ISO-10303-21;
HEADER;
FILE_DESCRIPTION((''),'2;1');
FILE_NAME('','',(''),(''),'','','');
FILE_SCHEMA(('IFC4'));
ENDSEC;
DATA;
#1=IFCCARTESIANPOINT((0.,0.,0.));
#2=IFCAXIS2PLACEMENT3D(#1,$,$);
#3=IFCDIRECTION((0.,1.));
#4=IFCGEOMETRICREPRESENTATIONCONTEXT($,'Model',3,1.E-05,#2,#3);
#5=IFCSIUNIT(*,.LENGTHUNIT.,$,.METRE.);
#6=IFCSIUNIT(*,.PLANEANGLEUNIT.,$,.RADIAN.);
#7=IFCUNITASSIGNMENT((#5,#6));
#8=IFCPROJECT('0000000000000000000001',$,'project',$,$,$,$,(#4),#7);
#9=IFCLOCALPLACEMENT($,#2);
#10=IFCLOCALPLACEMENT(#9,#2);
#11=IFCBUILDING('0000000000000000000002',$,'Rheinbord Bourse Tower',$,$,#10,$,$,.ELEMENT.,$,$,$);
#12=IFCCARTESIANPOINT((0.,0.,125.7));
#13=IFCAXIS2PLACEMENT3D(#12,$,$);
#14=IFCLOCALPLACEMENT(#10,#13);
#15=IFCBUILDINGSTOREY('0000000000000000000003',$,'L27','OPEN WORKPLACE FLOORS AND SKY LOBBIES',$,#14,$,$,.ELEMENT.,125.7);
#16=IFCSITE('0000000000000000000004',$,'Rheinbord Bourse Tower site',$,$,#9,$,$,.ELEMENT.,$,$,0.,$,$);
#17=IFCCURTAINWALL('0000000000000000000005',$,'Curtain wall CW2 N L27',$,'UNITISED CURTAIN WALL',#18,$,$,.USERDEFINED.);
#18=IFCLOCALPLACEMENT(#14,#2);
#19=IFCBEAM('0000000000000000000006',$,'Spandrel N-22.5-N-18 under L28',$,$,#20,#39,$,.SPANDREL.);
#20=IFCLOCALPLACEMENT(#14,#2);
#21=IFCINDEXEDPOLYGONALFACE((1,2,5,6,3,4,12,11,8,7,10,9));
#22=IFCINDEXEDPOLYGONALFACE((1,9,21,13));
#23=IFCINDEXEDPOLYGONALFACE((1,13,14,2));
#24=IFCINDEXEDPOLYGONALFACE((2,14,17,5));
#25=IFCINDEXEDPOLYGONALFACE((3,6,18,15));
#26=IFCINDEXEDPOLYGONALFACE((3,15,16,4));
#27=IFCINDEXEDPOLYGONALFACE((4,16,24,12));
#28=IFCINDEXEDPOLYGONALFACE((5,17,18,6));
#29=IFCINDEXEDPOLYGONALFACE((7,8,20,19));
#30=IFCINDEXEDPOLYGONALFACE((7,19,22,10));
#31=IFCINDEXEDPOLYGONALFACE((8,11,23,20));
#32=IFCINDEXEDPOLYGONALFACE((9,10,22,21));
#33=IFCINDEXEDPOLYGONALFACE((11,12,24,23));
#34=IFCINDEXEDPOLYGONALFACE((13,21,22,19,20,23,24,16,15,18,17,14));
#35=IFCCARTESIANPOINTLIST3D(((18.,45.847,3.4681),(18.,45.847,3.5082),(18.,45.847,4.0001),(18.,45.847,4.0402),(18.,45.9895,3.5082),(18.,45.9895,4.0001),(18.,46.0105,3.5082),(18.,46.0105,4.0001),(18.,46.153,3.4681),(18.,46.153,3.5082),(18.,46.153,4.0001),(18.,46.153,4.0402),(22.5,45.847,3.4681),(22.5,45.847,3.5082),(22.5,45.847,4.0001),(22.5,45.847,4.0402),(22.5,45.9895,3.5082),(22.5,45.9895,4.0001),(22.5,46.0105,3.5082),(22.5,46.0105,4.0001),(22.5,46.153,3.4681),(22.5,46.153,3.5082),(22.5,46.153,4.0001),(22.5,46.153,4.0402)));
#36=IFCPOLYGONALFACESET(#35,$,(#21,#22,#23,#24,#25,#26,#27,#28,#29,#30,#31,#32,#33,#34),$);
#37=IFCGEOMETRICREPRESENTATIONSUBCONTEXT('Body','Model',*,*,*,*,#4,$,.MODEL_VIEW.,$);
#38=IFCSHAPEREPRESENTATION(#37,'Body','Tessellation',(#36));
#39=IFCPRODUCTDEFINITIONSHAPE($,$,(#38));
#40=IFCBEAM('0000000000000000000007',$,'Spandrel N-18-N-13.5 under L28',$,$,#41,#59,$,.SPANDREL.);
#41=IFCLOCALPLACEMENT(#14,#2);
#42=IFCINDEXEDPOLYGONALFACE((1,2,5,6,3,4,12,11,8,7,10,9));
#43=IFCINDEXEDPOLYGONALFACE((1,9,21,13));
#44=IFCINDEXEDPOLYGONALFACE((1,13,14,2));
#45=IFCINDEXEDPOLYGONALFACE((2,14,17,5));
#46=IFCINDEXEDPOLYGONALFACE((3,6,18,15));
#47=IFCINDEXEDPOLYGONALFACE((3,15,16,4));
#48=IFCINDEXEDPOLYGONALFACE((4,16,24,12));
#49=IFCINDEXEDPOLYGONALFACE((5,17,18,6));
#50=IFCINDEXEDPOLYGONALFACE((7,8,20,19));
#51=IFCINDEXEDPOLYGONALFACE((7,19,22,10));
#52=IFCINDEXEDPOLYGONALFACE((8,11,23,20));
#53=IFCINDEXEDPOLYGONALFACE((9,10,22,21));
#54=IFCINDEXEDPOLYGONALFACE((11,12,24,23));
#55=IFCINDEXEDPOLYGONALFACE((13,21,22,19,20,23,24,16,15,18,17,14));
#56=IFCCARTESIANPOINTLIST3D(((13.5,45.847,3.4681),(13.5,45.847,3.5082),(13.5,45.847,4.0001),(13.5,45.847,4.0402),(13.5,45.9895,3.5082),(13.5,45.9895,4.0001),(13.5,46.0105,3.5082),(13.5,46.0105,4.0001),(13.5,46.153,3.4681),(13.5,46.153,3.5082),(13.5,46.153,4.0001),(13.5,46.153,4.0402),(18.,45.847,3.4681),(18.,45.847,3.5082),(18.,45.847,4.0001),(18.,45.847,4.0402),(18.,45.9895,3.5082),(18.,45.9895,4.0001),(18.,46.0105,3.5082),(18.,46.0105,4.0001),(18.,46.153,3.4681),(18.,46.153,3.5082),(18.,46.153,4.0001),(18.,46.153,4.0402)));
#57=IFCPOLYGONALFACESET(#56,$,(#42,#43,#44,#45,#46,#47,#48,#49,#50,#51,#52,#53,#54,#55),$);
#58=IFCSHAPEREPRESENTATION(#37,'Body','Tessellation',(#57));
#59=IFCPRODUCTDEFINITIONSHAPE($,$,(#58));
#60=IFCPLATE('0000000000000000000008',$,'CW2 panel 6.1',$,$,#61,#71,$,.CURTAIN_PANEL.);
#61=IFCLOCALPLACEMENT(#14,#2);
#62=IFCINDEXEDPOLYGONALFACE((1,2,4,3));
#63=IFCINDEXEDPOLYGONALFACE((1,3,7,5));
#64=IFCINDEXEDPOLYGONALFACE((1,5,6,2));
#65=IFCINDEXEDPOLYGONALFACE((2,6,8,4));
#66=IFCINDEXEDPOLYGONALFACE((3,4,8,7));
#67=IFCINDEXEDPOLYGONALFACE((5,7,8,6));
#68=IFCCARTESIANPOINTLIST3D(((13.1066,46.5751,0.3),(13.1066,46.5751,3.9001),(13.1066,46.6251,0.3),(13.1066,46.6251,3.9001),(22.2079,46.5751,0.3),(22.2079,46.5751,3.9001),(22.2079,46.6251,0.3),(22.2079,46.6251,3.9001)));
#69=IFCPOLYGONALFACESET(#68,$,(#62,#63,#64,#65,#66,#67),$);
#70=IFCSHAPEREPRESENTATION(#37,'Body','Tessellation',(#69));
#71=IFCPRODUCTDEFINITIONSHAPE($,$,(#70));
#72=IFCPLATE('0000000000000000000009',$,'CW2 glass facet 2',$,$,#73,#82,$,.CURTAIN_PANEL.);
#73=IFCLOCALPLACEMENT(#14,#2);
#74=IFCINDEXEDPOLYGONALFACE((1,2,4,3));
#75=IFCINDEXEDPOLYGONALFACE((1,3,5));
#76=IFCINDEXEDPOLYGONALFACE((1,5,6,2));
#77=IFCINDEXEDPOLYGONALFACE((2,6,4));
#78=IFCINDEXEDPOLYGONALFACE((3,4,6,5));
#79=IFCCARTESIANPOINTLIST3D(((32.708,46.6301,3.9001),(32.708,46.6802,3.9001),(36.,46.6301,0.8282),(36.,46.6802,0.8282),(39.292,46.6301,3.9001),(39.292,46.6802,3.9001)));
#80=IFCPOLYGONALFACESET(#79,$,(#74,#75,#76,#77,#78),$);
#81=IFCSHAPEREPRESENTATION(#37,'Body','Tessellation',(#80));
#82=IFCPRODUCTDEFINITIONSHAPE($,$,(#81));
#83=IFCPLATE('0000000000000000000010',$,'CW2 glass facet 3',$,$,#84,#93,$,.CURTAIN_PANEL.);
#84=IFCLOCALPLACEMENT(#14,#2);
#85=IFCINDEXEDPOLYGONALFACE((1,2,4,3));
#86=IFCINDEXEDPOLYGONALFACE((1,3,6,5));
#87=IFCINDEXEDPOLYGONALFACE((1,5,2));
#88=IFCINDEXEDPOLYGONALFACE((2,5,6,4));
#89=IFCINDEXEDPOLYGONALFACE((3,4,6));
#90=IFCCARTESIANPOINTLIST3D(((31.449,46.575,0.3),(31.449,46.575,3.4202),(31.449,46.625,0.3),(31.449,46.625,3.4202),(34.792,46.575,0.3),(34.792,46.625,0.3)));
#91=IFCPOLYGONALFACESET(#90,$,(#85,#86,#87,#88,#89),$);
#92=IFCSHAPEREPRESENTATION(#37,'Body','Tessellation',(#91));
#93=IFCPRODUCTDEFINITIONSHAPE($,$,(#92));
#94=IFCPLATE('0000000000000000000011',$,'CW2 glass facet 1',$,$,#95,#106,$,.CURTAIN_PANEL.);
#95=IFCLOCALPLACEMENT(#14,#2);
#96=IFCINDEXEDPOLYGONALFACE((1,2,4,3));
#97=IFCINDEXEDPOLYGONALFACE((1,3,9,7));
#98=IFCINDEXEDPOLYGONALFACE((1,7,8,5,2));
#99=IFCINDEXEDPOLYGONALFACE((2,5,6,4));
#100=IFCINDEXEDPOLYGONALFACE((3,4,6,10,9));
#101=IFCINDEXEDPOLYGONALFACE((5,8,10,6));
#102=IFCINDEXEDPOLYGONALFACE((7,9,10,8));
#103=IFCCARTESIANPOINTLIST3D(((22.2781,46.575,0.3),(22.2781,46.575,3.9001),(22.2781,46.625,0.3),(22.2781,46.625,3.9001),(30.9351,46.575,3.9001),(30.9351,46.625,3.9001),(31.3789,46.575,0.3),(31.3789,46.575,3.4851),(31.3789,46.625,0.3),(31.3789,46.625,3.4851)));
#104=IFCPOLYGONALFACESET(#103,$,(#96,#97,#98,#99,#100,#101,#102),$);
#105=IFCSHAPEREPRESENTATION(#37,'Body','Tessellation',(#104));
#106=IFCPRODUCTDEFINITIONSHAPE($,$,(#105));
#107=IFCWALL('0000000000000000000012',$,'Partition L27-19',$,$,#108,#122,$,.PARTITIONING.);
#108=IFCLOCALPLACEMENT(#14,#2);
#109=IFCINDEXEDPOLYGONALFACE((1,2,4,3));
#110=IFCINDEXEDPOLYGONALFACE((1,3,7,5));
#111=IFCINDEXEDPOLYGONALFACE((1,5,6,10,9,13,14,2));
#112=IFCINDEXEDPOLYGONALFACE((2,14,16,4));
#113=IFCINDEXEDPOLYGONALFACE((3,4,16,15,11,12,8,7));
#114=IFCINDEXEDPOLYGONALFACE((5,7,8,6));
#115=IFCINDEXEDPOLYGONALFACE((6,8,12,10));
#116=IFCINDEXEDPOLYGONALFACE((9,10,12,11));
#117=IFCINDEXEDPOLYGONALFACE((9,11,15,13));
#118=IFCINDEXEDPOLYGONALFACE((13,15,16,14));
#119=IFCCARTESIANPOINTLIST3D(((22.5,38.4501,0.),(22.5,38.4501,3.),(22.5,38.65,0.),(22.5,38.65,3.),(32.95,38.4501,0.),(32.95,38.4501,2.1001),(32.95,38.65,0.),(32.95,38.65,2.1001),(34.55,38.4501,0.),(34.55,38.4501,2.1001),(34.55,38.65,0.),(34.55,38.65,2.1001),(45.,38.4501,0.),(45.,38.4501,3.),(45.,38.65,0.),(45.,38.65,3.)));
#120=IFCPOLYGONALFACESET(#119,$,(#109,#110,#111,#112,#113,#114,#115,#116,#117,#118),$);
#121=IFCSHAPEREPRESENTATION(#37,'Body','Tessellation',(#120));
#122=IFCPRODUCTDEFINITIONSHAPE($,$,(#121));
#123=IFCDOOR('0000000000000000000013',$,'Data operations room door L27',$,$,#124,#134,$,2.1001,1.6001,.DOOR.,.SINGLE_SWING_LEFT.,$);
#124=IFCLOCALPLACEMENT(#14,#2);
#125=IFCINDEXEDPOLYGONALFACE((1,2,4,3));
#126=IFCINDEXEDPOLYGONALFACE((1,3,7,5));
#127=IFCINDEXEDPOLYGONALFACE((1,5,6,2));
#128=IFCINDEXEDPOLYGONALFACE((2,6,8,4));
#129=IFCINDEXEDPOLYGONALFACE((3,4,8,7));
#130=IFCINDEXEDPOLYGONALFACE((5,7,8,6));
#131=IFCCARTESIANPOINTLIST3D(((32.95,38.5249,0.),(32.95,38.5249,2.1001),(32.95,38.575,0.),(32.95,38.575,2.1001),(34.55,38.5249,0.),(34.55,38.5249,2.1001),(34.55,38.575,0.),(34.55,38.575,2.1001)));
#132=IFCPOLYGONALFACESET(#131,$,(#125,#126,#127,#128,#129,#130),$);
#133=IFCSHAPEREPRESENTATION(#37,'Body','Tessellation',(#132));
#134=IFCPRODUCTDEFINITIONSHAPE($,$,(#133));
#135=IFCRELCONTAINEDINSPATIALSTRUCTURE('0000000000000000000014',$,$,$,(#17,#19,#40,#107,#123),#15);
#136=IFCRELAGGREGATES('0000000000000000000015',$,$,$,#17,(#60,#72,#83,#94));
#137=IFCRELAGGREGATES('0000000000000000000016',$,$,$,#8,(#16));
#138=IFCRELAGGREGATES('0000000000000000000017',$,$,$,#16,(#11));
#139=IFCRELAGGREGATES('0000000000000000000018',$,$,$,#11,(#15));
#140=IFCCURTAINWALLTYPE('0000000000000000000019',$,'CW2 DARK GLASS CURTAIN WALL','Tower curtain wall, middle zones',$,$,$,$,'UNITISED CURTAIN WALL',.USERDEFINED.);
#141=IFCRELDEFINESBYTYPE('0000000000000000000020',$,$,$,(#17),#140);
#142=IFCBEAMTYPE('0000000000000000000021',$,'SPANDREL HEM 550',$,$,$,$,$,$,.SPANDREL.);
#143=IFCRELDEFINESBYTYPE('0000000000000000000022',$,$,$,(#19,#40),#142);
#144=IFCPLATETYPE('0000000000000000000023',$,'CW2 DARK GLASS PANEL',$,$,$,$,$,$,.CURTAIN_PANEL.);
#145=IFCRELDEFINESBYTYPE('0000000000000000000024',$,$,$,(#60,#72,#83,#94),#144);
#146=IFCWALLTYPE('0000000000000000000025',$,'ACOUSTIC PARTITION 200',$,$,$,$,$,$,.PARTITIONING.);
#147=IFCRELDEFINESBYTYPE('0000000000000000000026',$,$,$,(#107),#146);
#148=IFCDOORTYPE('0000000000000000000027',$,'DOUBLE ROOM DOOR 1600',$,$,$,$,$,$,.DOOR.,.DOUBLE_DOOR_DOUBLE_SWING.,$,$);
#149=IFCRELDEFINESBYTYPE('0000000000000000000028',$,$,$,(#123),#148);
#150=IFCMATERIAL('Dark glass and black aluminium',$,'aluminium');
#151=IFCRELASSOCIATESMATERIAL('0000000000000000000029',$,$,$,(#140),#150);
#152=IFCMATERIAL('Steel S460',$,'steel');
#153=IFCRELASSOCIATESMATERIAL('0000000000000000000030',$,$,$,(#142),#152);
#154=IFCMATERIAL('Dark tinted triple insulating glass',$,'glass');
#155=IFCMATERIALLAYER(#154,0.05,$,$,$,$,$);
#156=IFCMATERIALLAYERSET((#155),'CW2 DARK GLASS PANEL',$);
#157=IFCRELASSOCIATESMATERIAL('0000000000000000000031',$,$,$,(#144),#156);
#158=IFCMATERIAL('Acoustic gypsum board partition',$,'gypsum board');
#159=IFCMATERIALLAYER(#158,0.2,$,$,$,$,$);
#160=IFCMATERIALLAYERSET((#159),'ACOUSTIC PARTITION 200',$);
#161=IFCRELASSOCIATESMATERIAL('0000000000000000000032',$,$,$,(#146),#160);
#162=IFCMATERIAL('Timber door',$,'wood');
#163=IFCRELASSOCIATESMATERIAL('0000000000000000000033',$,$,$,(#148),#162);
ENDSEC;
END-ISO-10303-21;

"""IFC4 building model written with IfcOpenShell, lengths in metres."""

from ifc_helpers import new_model, si_unit, direction, frame, frame_2d, origin, origin_2d, place, context, subcontext, project, spatial, polyline, rectangle, i_section, outline, extrude, material, layer, layer_set, material_profile, profile_set, type_object, element, fill, aggregate, save


model = new_model("IFC4")

# Units and contexts
model_context = context("Model", 3, precision=1e-05, world=origin(), true_north=direction((0.0, 1.0)))
body_context = subcontext(model_context, "Body", "Model", "MODEL_VIEW")
ifc_project = project(units=[si_unit("LENGTHUNIT", "METRE"), si_unit("PLANEANGLEUNIT", "RADIAN")], contexts=[model_context])

# Site, building, storey
site_placement = place(None, origin())
site = spatial("IfcSite", under=ifc_project, at=site_placement, Name="Rheinbord Bourse Tower site", CompositionType="ELEMENT", RefElevation=0.0)
building_placement = place(site_placement, origin())
building = spatial("IfcBuilding", under=site, at=building_placement, Name="Rheinbord Bourse Tower", CompositionType="ELEMENT")
storey_placement = place(building_placement, frame((0.0, 0.0, 125.7)))
storey = spatial("IfcBuildingStorey", under=building, at=storey_placement, Name="L27", Description="OPEN WORKPLACE FLOORS AND SKY LOBBIES", CompositionType="ELEMENT", Elevation=125.7)

# Curtain wall
ifc_material_1 = material(Name="Dark glass and black aluminium", Category="aluminium")
curtain_wall_type = type_object("IfcCurtainWallType", Name="CW2 DARK GLASS CURTAIN WALL", Description="Tower curtain wall, middle zones", ElementType="UNITISED CURTAIN WALL", PredefinedType="USERDEFINED", material=ifc_material_1)
curtain_wall_placement = place(storey_placement, origin())
curtain_wall = element("IfcCurtainWall", 1, at=curtain_wall_placement, inside=storey, type_object=curtain_wall_type, Name="Curtain wall CW2 N L27", ObjectType="UNITISED CURTAIN WALL", PredefinedType="USERDEFINED")

# Beams
ifc_material_2 = material(Name="Steel S460", Category="steel")
ifc_material_profile_1 = material_profile(ifc_material_2, i_section(OverallWidth=0.3059, OverallDepth=0.572, WebThickness=0.021, FlangeThickness=0.04, at=origin_2d()), Name="HEM 550")
ifc_profile_set_1 = profile_set([ifc_material_profile_1], Name="Steel S460")
beam_type_1 = type_object("IfcBeamType", Name="SPANDREL HEM 550", PredefinedType="SPANDREL", material=ifc_profile_set_1)
for number, where, z_axis, x_axis, name in (
    (2, (22.5, 46.0, 3.7542), (-1.0, 0.0, 0.0), (0.0, -1.0, 0.0), "Spandrel N-22.5-N-18 under L28"),
    (3, (18.0, 46.0, 3.7542), (-1.0, 0.0, 0.0), (0.0, -1.0, 0.0), "Spandrel N-18-N-13.5 under L28"),
):
    element("IfcBeam", number, at=place(storey_placement, frame(where, z_axis=z_axis, x_axis=x_axis)), inside=storey, type_object=beam_type_1, Name=name, PredefinedType="SPANDREL", context=body_context, shape_type="SweptSolid", body=[
        extrude(i_section(OverallWidth=0.3059, OverallDepth=0.572, WebThickness=0.021, FlangeThickness=0.04, at=origin_2d()), origin(), (0.0, 0.0, 1.0), 4.5),
    ])

# Plates
ifc_material_3 = material(Name="Dark tinted triple insulating glass", Category="glass")
ifc_layer_1 = layer(ifc_material_3, 0.05)
ifc_layer_set_1 = layer_set([ifc_layer_1], Name="CW2 DARK GLASS PANEL")
plate_type = type_object("IfcPlateType", Name="CW2 DARK GLASS PANEL", PredefinedType="CURTAIN_PANEL", material=ifc_layer_set_1)
plate_1_placement = place(storey_placement, frame((17.6572, 46.6001, 0.3), z_axis=(0.0, 0.0, 1.0), x_axis=(-1.0, 0.0, 0.0)))
plate_1 = element("IfcPlate", 4, at=plate_1_placement, type_object=plate_type, Name="CW2 panel 6.1", PredefinedType="CURTAIN_PANEL", context=body_context, shape_type="SweptSolid", body=[
    extrude(rectangle(XDim=9.1013, YDim=0.05, at=origin_2d()), origin(), (0.0, 0.0, 1.0), 3.6001),
])
plate_2_placement = place(storey_placement, frame((32.708, 46.6802, 3.9001), z_axis=(0.0, -1.0, 0.0), x_axis=(0.731111, 0.0, -0.682258)))
plate_2 = element("IfcPlate", 5, at=plate_2_placement, type_object=plate_type, Name="CW2 glass facet 2", PredefinedType="CURTAIN_PANEL", context=body_context, shape_type="SweptSolid", body=[
    extrude(outline(polyline([(0.0, 0.0), (4.5027, 0.0), (4.8137, 4.4919), (0.0, 0.0)])), origin(), (0.0, 0.0, 1.0), 0.05),
])
plate_3_placement = place(storey_placement, frame((31.449, 46.625, 0.3), z_axis=(0.0, -1.0, 0.0), x_axis=(1.0, 0.0, 0.0)))
plate_3 = element("IfcPlate", 6, at=plate_3_placement, type_object=plate_type, Name="CW2 glass facet 3", PredefinedType="CURTAIN_PANEL", context=body_context, shape_type="SweptSolid", body=[
    extrude(outline(polyline([(0.0, 0.0), (3.343, 0.0), (0.0, 3.1201), (0.0, 0.0)])), origin(), (0.0, 0.0, 1.0), 0.05),
])
plate_4_placement = place(storey_placement, frame((22.2781, 46.625, 3.9001), z_axis=(0.0, -1.0, 0.0), x_axis=(0.0, 0.0, -1.0)))
plate_4 = element("IfcPlate", 7, at=plate_4_placement, type_object=plate_type, Name="CW2 glass facet 1", PredefinedType="CURTAIN_PANEL", context=body_context, shape_type="SweptSolid", body=[
    extrude(outline(polyline([(0.0, 0.0), (3.6001, 0.0), (3.6001, 9.1008), (0.415, 9.1008), (0.0, 8.657), (0.0, 0.0)])), origin(), (0.0, 0.0, 1.0), 0.05),
])
aggregate(curtain_wall, [plate_1, plate_2, plate_3, plate_4])

# Wall, opening, door
ifc_material_4 = material(Name="Acoustic gypsum board partition", Category="gypsum board")
ifc_layer_2 = layer(ifc_material_4, 0.2)
ifc_layer_set_2 = layer_set([ifc_layer_2], Name="ACOUSTIC PARTITION 200")
wall_type = type_object("IfcWallType", Name="ACOUSTIC PARTITION 200", PredefinedType="PARTITIONING", material=ifc_layer_set_2)
wall_placement = place(storey_placement, frame((22.5, 38.55, 0.0), z_axis=(0.0, 0.0, 1.0), x_axis=(1.0, 0.0, 0.0)))
wall = element("IfcWall", 8, at=wall_placement, inside=storey, type_object=wall_type, Name="Partition L27-19", PredefinedType="PARTITIONING", context=body_context, shape_type="SweptSolid", body=[
    extrude(rectangle(XDim=22.5, YDim=0.2, at=frame_2d((11.25, 0.0))), origin(), (0.0, 0.0, 1.0), 3.0),
])
opening_placement = place(wall_placement, frame((10.45, 0.0, 0.0)))
opening = element("IfcOpeningElement", 9, at=opening_placement, cuts=wall, PredefinedType="OPENING", context=body_context, shape_type="SweptSolid", body=[
    extrude(rectangle(XDim=1.6001, YDim=2.1001, at=frame_2d((0.8, 1.05))), frame((0.0, 0.1099, 0.0), z_axis=(0.0, -1.0, 0.0), x_axis=(1.0, 0.0, 0.0)), (0.0, 0.0, 1.0), 0.22),
])
ifc_material_5 = material(Name="Timber door", Category="wood")
door_type = type_object("IfcDoorType", Name="DOUBLE ROOM DOOR 1600", OperationType="DOUBLE_DOOR_DOUBLE_SWING", PredefinedType="DOOR", material=ifc_material_5)
door_placement = place(opening_placement, origin())
door = element("IfcDoor", 10, at=door_placement, inside=storey, type_object=door_type, Name="Data operations room door L27", OperationType="SINGLE_SWING_LEFT", OverallHeight=2.1001, OverallWidth=1.6001, PredefinedType="DOOR", context=body_context, shape_type="SweptSolid", body=[
    extrude(rectangle(XDim=1.6001, YDim=2.1001, at=frame_2d((0.8, 1.05))), frame((0.0, 0.0249, 0.0), z_axis=(0.0, -1.0, 0.0), x_axis=(1.0, 0.0, 0.0)), (0.0, 0.0, 1.0), 0.05),
])
fill(opening, door)

save(model, "model.ifc")
